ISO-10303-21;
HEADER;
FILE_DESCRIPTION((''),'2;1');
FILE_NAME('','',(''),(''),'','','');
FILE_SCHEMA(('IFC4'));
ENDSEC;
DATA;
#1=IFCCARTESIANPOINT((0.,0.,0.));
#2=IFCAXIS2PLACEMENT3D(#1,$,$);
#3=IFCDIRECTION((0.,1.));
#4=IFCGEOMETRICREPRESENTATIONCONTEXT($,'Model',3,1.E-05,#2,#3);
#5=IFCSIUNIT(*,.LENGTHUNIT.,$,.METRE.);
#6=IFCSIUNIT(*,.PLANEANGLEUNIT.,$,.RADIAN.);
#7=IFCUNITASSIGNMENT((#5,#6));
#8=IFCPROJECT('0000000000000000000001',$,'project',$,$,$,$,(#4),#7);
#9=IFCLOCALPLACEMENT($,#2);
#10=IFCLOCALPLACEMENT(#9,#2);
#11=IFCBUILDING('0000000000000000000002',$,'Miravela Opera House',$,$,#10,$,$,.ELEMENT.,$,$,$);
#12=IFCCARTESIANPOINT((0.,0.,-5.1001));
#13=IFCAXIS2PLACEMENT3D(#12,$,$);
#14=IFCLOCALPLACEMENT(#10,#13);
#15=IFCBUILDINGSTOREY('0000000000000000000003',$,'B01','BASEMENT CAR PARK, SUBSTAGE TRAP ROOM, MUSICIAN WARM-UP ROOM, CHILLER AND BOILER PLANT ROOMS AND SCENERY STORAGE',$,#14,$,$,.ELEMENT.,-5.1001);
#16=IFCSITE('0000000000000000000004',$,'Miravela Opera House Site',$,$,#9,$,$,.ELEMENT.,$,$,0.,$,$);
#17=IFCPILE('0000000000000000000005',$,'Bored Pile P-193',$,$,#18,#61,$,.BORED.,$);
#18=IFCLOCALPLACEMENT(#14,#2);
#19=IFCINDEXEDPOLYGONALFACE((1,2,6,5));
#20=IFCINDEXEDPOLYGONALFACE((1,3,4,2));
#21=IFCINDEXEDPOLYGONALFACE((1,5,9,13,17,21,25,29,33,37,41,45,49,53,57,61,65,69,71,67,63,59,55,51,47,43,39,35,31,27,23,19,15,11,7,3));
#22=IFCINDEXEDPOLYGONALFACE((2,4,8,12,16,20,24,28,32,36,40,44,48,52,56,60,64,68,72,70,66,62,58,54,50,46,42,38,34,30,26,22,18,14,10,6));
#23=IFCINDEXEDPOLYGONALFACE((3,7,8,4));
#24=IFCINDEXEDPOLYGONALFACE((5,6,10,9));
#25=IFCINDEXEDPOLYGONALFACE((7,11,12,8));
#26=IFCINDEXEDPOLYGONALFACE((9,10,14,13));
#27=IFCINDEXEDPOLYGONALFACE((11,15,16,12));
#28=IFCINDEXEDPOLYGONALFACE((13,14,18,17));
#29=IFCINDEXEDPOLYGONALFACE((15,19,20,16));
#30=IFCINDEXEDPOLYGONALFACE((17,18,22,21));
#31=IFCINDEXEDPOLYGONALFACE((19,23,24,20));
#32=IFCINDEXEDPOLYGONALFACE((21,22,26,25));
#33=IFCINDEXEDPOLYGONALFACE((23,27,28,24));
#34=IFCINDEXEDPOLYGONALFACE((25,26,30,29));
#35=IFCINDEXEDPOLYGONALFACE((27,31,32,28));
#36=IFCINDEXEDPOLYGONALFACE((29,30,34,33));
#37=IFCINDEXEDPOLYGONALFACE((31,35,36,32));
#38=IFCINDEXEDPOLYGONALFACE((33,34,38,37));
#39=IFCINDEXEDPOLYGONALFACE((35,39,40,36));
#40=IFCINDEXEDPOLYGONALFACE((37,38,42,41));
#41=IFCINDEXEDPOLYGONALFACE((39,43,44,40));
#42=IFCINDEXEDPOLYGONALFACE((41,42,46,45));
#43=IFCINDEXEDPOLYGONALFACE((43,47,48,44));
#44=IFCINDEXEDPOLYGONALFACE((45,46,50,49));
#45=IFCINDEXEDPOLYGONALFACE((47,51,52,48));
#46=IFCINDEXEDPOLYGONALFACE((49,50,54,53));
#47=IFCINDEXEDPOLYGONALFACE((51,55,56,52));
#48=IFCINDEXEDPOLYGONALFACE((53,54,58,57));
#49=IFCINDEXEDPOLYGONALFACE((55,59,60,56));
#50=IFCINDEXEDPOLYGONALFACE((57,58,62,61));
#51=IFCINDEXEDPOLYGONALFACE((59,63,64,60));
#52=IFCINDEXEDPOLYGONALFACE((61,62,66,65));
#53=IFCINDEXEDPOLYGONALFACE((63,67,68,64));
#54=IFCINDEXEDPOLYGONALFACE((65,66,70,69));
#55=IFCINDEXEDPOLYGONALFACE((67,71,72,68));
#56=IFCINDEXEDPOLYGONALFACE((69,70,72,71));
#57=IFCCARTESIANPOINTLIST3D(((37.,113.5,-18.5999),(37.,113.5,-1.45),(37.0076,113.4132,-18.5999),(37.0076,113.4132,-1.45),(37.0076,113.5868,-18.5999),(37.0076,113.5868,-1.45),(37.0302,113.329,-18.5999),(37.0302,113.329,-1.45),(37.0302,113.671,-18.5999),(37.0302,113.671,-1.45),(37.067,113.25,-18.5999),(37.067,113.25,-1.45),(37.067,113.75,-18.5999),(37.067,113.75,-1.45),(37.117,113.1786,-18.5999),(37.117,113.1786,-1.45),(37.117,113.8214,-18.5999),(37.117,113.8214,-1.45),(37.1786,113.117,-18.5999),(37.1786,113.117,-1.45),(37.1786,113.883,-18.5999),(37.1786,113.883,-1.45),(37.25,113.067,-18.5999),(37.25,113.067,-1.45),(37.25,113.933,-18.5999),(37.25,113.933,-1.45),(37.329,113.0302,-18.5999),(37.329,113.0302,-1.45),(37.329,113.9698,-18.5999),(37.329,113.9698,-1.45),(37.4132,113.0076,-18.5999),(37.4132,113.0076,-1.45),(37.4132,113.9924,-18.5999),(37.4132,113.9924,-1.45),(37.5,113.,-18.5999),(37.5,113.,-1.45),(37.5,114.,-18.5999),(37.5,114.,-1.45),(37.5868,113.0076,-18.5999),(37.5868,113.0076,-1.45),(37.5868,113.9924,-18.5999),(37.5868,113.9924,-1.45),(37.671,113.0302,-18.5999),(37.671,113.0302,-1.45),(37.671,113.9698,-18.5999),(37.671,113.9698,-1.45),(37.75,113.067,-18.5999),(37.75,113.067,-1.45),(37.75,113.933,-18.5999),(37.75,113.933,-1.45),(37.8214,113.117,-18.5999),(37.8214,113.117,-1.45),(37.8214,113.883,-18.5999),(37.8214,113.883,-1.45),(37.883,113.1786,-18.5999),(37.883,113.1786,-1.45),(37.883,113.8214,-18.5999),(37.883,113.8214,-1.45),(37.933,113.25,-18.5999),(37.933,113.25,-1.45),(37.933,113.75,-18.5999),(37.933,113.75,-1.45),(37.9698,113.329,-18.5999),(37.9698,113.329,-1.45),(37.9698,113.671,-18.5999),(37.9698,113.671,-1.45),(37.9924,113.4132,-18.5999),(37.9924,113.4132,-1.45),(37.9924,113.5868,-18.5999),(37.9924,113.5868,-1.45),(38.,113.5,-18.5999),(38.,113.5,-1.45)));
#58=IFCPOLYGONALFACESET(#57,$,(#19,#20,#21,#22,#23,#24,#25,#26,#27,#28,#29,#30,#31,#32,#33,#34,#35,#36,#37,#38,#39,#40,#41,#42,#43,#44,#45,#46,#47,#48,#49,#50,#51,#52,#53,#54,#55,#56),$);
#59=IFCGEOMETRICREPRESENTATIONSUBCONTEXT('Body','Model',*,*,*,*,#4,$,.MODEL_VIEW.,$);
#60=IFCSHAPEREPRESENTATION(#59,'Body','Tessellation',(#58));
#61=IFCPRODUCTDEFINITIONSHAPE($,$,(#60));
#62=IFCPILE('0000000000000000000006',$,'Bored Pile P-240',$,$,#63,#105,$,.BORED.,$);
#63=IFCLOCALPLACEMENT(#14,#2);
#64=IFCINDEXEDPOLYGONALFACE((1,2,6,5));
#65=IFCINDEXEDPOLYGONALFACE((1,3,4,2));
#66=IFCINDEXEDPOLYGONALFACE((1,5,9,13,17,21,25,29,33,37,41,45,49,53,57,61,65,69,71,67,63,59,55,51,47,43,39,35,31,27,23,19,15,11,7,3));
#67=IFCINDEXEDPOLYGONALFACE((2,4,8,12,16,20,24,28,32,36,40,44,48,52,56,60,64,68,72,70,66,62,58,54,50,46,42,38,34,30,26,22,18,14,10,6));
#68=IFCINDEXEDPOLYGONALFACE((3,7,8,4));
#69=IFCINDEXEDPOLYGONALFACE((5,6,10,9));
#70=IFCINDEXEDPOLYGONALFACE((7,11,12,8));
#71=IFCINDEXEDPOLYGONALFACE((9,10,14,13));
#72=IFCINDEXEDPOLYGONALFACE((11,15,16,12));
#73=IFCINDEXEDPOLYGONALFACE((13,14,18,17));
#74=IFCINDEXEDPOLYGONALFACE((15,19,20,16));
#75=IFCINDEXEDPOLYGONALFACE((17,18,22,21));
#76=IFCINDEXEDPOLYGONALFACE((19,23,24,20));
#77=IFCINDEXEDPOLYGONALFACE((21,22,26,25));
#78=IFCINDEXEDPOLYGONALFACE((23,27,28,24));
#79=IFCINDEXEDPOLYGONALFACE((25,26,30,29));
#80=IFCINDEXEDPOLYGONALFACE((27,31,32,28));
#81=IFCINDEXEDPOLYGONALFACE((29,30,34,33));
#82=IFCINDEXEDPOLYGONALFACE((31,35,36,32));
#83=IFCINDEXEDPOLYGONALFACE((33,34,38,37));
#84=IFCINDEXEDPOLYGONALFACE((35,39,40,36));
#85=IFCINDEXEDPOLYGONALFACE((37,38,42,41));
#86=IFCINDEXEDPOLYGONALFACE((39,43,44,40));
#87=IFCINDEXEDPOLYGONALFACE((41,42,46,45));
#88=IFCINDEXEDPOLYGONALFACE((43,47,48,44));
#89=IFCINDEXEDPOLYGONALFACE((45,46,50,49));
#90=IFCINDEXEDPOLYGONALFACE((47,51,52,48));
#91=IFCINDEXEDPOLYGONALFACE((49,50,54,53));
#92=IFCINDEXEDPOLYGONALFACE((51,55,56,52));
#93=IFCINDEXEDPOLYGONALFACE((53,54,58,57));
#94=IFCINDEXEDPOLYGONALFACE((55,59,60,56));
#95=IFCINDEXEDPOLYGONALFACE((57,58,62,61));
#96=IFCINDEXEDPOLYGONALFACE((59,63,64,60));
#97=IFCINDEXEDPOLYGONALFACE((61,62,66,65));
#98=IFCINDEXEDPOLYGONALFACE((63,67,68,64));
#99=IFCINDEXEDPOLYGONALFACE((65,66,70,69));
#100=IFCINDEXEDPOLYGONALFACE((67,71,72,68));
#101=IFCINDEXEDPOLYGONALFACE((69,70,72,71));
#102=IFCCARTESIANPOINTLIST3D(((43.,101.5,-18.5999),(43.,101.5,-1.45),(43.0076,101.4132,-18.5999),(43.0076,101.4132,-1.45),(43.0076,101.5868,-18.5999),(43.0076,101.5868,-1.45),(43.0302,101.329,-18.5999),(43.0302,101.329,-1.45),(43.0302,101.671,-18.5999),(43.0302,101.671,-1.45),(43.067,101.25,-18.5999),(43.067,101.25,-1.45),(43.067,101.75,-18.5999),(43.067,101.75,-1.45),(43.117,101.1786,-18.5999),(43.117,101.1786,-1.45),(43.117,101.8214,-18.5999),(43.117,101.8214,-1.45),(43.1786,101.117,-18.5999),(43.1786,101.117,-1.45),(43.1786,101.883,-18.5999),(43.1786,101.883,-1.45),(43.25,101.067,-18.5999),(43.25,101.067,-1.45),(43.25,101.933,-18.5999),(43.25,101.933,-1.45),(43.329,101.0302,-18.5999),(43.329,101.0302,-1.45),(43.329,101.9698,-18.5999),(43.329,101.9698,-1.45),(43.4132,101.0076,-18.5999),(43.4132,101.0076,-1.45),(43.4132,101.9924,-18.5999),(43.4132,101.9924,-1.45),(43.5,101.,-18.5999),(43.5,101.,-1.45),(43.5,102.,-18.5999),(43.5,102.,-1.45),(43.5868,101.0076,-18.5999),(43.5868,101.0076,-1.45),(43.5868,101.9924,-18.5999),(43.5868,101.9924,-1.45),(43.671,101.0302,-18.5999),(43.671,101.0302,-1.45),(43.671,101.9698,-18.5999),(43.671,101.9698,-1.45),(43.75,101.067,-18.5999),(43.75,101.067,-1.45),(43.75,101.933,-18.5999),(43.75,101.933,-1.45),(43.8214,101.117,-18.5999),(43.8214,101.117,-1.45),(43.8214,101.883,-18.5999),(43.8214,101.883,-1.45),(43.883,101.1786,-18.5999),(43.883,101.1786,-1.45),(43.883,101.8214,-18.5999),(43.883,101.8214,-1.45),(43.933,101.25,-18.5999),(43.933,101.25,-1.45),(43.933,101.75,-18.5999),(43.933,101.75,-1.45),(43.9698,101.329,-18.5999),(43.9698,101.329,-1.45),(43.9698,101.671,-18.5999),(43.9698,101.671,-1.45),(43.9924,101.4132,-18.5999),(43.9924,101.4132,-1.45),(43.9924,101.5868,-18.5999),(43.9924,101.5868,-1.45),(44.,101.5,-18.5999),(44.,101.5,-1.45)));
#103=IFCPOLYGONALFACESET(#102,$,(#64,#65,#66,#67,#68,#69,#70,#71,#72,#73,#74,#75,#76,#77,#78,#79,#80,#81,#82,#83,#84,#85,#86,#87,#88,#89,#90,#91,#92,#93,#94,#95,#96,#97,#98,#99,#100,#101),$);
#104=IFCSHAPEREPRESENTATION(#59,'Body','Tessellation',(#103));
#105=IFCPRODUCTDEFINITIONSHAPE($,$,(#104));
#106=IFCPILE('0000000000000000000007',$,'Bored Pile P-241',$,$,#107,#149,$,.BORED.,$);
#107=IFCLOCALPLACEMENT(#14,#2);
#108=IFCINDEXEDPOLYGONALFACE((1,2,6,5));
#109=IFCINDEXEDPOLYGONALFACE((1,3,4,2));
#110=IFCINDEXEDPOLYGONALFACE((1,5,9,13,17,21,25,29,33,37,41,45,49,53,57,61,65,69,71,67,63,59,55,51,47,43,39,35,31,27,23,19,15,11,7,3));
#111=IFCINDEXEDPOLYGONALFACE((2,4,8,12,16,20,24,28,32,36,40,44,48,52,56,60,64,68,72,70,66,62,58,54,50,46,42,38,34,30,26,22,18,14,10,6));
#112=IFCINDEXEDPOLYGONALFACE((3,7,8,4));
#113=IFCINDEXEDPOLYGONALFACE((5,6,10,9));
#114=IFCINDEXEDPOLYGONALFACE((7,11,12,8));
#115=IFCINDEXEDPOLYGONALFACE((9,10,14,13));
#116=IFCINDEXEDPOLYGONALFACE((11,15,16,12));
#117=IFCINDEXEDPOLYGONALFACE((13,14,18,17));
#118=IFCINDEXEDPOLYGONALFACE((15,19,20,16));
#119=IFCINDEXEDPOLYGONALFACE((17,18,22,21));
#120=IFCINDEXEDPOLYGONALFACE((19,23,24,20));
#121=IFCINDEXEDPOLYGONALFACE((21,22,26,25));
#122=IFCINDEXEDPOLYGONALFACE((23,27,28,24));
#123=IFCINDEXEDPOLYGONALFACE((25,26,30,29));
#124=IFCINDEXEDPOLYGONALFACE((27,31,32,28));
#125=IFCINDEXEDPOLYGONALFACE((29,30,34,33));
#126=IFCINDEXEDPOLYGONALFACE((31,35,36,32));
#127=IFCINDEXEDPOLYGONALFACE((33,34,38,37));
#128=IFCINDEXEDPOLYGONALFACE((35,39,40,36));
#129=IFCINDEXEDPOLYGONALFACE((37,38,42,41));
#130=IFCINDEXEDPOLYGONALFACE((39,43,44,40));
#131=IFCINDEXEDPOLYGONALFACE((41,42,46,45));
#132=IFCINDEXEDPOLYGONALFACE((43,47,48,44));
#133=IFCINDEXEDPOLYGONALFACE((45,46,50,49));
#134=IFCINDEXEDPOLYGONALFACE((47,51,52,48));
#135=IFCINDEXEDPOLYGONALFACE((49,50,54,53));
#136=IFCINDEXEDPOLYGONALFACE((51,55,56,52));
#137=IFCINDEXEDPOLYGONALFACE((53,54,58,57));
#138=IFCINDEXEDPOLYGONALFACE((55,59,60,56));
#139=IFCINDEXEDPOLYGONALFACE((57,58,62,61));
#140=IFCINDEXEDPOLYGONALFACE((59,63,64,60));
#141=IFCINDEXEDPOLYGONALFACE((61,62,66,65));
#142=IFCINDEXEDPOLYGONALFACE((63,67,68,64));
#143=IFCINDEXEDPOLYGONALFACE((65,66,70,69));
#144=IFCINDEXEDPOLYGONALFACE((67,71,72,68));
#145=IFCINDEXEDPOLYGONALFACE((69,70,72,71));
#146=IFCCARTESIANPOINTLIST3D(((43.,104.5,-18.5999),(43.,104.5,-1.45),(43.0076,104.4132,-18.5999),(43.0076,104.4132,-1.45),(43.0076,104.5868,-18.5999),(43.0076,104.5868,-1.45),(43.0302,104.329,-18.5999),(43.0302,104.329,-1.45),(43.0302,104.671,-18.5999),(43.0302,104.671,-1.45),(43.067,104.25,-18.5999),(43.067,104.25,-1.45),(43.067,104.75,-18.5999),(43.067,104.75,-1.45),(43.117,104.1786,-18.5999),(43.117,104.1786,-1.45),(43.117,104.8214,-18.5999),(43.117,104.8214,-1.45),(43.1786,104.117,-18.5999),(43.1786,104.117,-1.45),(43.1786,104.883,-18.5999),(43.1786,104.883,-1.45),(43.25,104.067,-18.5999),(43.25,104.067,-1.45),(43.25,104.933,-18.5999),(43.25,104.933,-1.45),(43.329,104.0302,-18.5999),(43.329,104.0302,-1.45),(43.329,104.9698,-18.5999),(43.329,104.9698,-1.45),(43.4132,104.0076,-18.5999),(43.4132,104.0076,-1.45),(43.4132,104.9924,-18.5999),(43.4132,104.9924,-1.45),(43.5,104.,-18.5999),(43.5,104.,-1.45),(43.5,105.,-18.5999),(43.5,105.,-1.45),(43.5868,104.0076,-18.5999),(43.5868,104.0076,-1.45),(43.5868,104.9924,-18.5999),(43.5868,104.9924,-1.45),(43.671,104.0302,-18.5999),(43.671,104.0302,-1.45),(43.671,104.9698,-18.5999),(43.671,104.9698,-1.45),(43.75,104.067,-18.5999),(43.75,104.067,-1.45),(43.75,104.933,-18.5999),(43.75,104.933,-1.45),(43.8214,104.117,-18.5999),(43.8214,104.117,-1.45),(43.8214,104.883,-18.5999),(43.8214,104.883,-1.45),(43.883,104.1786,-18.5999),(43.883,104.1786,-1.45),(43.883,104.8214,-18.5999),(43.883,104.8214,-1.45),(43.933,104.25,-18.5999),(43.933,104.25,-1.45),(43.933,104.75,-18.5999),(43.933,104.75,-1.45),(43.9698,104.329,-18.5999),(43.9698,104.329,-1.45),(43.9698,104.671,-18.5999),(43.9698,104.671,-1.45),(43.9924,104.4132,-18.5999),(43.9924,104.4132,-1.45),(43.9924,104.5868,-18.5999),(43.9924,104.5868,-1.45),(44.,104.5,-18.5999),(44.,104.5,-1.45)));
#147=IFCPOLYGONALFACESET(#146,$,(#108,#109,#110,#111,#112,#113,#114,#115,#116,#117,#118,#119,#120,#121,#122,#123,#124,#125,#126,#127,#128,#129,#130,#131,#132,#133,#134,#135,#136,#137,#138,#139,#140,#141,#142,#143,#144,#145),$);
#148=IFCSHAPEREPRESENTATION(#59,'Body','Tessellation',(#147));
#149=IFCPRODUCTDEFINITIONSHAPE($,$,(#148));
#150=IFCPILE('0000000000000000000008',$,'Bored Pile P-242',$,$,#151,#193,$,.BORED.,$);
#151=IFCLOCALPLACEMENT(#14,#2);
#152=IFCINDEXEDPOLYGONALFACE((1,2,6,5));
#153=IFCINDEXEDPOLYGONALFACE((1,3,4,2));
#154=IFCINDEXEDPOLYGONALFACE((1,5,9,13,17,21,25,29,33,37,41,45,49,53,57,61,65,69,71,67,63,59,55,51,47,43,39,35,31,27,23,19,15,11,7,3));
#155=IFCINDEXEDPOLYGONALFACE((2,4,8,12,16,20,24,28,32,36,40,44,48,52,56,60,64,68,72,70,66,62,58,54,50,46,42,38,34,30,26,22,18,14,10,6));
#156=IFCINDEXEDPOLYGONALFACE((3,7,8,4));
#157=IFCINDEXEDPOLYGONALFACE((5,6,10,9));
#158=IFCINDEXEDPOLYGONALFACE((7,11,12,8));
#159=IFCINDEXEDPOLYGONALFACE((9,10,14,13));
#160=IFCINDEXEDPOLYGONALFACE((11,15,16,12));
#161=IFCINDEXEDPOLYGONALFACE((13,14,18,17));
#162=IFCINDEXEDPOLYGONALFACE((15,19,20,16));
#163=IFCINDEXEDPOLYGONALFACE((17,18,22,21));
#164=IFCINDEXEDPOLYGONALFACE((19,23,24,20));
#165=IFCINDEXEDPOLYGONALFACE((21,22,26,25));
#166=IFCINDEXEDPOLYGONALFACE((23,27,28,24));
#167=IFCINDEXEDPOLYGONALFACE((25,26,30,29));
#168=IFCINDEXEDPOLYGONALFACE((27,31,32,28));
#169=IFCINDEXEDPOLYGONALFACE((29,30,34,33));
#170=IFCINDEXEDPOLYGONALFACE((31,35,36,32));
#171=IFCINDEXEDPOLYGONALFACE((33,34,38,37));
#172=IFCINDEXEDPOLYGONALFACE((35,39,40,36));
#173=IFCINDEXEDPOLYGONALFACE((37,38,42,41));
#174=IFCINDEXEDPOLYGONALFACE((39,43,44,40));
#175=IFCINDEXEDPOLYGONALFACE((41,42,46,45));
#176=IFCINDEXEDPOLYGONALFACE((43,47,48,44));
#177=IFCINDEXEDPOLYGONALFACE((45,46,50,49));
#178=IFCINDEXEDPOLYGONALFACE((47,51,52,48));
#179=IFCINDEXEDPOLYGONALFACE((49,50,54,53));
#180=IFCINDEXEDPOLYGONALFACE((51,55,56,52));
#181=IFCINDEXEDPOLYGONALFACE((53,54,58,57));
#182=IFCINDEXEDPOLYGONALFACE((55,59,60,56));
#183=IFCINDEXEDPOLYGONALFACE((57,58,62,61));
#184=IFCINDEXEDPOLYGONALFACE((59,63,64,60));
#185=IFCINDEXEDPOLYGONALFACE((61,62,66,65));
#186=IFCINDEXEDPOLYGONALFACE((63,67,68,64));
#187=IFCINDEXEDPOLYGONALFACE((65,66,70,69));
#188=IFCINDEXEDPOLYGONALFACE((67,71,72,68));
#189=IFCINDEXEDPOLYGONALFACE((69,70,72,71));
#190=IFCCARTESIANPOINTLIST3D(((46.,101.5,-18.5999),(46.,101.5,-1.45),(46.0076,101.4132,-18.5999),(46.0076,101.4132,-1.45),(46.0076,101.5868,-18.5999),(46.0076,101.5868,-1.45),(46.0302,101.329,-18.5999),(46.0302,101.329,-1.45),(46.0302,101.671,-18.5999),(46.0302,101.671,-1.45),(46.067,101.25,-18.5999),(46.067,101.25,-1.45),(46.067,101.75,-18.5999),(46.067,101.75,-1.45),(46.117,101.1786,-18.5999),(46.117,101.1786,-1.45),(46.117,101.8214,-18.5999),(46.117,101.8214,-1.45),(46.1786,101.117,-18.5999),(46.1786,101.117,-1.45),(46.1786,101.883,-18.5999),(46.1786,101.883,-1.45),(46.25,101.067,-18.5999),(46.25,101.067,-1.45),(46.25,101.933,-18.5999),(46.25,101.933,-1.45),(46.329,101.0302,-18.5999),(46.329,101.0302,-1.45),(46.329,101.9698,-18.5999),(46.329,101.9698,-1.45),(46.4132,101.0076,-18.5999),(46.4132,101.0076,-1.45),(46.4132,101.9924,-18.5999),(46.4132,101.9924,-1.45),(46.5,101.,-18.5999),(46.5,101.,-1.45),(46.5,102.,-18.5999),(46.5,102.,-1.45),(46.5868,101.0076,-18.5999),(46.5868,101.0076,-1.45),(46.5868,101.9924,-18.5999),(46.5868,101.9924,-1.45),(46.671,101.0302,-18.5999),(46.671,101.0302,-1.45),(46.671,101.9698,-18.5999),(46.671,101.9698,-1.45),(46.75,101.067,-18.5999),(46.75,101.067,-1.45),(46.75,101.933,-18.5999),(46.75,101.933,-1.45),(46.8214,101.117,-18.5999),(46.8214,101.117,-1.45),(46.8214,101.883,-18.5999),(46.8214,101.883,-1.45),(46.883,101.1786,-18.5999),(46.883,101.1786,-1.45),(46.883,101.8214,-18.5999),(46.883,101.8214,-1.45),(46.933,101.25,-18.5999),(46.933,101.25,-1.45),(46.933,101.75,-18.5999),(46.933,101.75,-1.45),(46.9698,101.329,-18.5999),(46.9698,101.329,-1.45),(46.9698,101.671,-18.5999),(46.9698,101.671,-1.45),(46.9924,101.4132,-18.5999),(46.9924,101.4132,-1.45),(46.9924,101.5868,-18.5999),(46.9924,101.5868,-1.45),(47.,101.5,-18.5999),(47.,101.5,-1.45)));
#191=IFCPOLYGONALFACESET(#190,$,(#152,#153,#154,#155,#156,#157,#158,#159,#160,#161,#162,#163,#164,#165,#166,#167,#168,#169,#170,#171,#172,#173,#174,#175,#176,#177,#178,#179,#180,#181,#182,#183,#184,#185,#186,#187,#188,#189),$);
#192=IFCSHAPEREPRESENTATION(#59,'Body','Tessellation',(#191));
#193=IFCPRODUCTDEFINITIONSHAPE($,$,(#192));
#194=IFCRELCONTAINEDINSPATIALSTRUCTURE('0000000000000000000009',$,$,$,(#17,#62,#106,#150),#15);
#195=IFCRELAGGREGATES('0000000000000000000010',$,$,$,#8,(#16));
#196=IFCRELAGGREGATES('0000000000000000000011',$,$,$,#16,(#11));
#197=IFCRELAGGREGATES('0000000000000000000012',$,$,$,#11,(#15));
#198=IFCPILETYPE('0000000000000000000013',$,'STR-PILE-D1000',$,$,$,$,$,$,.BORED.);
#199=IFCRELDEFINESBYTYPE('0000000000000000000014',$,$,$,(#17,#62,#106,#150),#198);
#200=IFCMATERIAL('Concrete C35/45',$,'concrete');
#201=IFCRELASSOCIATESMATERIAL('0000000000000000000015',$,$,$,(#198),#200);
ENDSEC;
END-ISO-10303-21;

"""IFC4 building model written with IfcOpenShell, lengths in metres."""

from ifc_helpers import new_model, si_unit, direction, frame, origin, origin_2d, place, context, subcontext, project, spatial, circle, extrude, material, material_profile, profile_set, type_object, element, save


model = new_model("IFC4")

# Units and contexts
model_context = context("Model", 3, precision=1e-05, world=origin(), true_north=direction((0.0, 1.0)))
body_context = subcontext(model_context, "Body", "Model", "MODEL_VIEW")
ifc_project = project(units=[si_unit("LENGTHUNIT", "METRE"), si_unit("PLANEANGLEUNIT", "RADIAN")], contexts=[model_context])

# Site, building, storey
site_placement = place(None, origin())
site = spatial("IfcSite", under=ifc_project, at=site_placement, Name="Miravela Opera House Site", CompositionType="ELEMENT", RefElevation=0.0)
building_placement = place(site_placement, origin())
building = spatial("IfcBuilding", under=site, at=building_placement, Name="Miravela Opera House", CompositionType="ELEMENT")
storey_placement = place(building_placement, frame((0.0, 0.0, -5.1001)))
storey = spatial("IfcBuildingStorey", under=building, at=storey_placement, Name="B01", Description="BASEMENT CAR PARK, SUBSTAGE TRAP ROOM, MUSICIAN WARM-UP ROOM, CHILLER AND BOILER PLANT ROOMS AND SCENERY STORAGE", CompositionType="ELEMENT", Elevation=-5.1001)

# Shared definitions
ifc_material_1 = material(Name="Concrete C35/45", Category="concrete")

# Piles
ifc_material_profile_1 = material_profile(ifc_material_1, circle(Radius=0.5, at=origin_2d()), Name="PILE-D1000")
ifc_profile_set_1 = profile_set([ifc_material_profile_1])
pile_type = type_object("IfcPileType", Name="STR-PILE-D1000", PredefinedType="BORED", material=ifc_profile_set_1)
for number, where, z_axis, x_axis, name in (
    (1, (37.5, 113.5, -1.45), (0.0, 0.0, -1.0), (1.0, 0.0, 0.0), "Bored Pile P-193"),
    (2, (43.5, 101.5, -1.45), (0.0, 0.0, -1.0), (1.0, 0.0, 0.0), "Bored Pile P-240"),
    (3, (43.5, 104.5, -1.45), (0.0, 0.0, -1.0), (1.0, 0.0, 0.0), "Bored Pile P-241"),
    (4, (46.5, 101.5, -1.45), (0.0, 0.0, -1.0), (1.0, 0.0, 0.0), "Bored Pile P-242"),
):
    element("IfcPile", number, at=place(storey_placement, frame(where, z_axis=z_axis, x_axis=x_axis)), inside=storey, type_object=pile_type, Name=name, PredefinedType="BORED", context=body_context, shape_type="SweptSolid", body=[
        extrude(circle(Radius=0.5, at=origin_2d()), origin(), (0.0, 0.0, 1.0), 17.1499),
    ])

save(model, "model.ifc")
